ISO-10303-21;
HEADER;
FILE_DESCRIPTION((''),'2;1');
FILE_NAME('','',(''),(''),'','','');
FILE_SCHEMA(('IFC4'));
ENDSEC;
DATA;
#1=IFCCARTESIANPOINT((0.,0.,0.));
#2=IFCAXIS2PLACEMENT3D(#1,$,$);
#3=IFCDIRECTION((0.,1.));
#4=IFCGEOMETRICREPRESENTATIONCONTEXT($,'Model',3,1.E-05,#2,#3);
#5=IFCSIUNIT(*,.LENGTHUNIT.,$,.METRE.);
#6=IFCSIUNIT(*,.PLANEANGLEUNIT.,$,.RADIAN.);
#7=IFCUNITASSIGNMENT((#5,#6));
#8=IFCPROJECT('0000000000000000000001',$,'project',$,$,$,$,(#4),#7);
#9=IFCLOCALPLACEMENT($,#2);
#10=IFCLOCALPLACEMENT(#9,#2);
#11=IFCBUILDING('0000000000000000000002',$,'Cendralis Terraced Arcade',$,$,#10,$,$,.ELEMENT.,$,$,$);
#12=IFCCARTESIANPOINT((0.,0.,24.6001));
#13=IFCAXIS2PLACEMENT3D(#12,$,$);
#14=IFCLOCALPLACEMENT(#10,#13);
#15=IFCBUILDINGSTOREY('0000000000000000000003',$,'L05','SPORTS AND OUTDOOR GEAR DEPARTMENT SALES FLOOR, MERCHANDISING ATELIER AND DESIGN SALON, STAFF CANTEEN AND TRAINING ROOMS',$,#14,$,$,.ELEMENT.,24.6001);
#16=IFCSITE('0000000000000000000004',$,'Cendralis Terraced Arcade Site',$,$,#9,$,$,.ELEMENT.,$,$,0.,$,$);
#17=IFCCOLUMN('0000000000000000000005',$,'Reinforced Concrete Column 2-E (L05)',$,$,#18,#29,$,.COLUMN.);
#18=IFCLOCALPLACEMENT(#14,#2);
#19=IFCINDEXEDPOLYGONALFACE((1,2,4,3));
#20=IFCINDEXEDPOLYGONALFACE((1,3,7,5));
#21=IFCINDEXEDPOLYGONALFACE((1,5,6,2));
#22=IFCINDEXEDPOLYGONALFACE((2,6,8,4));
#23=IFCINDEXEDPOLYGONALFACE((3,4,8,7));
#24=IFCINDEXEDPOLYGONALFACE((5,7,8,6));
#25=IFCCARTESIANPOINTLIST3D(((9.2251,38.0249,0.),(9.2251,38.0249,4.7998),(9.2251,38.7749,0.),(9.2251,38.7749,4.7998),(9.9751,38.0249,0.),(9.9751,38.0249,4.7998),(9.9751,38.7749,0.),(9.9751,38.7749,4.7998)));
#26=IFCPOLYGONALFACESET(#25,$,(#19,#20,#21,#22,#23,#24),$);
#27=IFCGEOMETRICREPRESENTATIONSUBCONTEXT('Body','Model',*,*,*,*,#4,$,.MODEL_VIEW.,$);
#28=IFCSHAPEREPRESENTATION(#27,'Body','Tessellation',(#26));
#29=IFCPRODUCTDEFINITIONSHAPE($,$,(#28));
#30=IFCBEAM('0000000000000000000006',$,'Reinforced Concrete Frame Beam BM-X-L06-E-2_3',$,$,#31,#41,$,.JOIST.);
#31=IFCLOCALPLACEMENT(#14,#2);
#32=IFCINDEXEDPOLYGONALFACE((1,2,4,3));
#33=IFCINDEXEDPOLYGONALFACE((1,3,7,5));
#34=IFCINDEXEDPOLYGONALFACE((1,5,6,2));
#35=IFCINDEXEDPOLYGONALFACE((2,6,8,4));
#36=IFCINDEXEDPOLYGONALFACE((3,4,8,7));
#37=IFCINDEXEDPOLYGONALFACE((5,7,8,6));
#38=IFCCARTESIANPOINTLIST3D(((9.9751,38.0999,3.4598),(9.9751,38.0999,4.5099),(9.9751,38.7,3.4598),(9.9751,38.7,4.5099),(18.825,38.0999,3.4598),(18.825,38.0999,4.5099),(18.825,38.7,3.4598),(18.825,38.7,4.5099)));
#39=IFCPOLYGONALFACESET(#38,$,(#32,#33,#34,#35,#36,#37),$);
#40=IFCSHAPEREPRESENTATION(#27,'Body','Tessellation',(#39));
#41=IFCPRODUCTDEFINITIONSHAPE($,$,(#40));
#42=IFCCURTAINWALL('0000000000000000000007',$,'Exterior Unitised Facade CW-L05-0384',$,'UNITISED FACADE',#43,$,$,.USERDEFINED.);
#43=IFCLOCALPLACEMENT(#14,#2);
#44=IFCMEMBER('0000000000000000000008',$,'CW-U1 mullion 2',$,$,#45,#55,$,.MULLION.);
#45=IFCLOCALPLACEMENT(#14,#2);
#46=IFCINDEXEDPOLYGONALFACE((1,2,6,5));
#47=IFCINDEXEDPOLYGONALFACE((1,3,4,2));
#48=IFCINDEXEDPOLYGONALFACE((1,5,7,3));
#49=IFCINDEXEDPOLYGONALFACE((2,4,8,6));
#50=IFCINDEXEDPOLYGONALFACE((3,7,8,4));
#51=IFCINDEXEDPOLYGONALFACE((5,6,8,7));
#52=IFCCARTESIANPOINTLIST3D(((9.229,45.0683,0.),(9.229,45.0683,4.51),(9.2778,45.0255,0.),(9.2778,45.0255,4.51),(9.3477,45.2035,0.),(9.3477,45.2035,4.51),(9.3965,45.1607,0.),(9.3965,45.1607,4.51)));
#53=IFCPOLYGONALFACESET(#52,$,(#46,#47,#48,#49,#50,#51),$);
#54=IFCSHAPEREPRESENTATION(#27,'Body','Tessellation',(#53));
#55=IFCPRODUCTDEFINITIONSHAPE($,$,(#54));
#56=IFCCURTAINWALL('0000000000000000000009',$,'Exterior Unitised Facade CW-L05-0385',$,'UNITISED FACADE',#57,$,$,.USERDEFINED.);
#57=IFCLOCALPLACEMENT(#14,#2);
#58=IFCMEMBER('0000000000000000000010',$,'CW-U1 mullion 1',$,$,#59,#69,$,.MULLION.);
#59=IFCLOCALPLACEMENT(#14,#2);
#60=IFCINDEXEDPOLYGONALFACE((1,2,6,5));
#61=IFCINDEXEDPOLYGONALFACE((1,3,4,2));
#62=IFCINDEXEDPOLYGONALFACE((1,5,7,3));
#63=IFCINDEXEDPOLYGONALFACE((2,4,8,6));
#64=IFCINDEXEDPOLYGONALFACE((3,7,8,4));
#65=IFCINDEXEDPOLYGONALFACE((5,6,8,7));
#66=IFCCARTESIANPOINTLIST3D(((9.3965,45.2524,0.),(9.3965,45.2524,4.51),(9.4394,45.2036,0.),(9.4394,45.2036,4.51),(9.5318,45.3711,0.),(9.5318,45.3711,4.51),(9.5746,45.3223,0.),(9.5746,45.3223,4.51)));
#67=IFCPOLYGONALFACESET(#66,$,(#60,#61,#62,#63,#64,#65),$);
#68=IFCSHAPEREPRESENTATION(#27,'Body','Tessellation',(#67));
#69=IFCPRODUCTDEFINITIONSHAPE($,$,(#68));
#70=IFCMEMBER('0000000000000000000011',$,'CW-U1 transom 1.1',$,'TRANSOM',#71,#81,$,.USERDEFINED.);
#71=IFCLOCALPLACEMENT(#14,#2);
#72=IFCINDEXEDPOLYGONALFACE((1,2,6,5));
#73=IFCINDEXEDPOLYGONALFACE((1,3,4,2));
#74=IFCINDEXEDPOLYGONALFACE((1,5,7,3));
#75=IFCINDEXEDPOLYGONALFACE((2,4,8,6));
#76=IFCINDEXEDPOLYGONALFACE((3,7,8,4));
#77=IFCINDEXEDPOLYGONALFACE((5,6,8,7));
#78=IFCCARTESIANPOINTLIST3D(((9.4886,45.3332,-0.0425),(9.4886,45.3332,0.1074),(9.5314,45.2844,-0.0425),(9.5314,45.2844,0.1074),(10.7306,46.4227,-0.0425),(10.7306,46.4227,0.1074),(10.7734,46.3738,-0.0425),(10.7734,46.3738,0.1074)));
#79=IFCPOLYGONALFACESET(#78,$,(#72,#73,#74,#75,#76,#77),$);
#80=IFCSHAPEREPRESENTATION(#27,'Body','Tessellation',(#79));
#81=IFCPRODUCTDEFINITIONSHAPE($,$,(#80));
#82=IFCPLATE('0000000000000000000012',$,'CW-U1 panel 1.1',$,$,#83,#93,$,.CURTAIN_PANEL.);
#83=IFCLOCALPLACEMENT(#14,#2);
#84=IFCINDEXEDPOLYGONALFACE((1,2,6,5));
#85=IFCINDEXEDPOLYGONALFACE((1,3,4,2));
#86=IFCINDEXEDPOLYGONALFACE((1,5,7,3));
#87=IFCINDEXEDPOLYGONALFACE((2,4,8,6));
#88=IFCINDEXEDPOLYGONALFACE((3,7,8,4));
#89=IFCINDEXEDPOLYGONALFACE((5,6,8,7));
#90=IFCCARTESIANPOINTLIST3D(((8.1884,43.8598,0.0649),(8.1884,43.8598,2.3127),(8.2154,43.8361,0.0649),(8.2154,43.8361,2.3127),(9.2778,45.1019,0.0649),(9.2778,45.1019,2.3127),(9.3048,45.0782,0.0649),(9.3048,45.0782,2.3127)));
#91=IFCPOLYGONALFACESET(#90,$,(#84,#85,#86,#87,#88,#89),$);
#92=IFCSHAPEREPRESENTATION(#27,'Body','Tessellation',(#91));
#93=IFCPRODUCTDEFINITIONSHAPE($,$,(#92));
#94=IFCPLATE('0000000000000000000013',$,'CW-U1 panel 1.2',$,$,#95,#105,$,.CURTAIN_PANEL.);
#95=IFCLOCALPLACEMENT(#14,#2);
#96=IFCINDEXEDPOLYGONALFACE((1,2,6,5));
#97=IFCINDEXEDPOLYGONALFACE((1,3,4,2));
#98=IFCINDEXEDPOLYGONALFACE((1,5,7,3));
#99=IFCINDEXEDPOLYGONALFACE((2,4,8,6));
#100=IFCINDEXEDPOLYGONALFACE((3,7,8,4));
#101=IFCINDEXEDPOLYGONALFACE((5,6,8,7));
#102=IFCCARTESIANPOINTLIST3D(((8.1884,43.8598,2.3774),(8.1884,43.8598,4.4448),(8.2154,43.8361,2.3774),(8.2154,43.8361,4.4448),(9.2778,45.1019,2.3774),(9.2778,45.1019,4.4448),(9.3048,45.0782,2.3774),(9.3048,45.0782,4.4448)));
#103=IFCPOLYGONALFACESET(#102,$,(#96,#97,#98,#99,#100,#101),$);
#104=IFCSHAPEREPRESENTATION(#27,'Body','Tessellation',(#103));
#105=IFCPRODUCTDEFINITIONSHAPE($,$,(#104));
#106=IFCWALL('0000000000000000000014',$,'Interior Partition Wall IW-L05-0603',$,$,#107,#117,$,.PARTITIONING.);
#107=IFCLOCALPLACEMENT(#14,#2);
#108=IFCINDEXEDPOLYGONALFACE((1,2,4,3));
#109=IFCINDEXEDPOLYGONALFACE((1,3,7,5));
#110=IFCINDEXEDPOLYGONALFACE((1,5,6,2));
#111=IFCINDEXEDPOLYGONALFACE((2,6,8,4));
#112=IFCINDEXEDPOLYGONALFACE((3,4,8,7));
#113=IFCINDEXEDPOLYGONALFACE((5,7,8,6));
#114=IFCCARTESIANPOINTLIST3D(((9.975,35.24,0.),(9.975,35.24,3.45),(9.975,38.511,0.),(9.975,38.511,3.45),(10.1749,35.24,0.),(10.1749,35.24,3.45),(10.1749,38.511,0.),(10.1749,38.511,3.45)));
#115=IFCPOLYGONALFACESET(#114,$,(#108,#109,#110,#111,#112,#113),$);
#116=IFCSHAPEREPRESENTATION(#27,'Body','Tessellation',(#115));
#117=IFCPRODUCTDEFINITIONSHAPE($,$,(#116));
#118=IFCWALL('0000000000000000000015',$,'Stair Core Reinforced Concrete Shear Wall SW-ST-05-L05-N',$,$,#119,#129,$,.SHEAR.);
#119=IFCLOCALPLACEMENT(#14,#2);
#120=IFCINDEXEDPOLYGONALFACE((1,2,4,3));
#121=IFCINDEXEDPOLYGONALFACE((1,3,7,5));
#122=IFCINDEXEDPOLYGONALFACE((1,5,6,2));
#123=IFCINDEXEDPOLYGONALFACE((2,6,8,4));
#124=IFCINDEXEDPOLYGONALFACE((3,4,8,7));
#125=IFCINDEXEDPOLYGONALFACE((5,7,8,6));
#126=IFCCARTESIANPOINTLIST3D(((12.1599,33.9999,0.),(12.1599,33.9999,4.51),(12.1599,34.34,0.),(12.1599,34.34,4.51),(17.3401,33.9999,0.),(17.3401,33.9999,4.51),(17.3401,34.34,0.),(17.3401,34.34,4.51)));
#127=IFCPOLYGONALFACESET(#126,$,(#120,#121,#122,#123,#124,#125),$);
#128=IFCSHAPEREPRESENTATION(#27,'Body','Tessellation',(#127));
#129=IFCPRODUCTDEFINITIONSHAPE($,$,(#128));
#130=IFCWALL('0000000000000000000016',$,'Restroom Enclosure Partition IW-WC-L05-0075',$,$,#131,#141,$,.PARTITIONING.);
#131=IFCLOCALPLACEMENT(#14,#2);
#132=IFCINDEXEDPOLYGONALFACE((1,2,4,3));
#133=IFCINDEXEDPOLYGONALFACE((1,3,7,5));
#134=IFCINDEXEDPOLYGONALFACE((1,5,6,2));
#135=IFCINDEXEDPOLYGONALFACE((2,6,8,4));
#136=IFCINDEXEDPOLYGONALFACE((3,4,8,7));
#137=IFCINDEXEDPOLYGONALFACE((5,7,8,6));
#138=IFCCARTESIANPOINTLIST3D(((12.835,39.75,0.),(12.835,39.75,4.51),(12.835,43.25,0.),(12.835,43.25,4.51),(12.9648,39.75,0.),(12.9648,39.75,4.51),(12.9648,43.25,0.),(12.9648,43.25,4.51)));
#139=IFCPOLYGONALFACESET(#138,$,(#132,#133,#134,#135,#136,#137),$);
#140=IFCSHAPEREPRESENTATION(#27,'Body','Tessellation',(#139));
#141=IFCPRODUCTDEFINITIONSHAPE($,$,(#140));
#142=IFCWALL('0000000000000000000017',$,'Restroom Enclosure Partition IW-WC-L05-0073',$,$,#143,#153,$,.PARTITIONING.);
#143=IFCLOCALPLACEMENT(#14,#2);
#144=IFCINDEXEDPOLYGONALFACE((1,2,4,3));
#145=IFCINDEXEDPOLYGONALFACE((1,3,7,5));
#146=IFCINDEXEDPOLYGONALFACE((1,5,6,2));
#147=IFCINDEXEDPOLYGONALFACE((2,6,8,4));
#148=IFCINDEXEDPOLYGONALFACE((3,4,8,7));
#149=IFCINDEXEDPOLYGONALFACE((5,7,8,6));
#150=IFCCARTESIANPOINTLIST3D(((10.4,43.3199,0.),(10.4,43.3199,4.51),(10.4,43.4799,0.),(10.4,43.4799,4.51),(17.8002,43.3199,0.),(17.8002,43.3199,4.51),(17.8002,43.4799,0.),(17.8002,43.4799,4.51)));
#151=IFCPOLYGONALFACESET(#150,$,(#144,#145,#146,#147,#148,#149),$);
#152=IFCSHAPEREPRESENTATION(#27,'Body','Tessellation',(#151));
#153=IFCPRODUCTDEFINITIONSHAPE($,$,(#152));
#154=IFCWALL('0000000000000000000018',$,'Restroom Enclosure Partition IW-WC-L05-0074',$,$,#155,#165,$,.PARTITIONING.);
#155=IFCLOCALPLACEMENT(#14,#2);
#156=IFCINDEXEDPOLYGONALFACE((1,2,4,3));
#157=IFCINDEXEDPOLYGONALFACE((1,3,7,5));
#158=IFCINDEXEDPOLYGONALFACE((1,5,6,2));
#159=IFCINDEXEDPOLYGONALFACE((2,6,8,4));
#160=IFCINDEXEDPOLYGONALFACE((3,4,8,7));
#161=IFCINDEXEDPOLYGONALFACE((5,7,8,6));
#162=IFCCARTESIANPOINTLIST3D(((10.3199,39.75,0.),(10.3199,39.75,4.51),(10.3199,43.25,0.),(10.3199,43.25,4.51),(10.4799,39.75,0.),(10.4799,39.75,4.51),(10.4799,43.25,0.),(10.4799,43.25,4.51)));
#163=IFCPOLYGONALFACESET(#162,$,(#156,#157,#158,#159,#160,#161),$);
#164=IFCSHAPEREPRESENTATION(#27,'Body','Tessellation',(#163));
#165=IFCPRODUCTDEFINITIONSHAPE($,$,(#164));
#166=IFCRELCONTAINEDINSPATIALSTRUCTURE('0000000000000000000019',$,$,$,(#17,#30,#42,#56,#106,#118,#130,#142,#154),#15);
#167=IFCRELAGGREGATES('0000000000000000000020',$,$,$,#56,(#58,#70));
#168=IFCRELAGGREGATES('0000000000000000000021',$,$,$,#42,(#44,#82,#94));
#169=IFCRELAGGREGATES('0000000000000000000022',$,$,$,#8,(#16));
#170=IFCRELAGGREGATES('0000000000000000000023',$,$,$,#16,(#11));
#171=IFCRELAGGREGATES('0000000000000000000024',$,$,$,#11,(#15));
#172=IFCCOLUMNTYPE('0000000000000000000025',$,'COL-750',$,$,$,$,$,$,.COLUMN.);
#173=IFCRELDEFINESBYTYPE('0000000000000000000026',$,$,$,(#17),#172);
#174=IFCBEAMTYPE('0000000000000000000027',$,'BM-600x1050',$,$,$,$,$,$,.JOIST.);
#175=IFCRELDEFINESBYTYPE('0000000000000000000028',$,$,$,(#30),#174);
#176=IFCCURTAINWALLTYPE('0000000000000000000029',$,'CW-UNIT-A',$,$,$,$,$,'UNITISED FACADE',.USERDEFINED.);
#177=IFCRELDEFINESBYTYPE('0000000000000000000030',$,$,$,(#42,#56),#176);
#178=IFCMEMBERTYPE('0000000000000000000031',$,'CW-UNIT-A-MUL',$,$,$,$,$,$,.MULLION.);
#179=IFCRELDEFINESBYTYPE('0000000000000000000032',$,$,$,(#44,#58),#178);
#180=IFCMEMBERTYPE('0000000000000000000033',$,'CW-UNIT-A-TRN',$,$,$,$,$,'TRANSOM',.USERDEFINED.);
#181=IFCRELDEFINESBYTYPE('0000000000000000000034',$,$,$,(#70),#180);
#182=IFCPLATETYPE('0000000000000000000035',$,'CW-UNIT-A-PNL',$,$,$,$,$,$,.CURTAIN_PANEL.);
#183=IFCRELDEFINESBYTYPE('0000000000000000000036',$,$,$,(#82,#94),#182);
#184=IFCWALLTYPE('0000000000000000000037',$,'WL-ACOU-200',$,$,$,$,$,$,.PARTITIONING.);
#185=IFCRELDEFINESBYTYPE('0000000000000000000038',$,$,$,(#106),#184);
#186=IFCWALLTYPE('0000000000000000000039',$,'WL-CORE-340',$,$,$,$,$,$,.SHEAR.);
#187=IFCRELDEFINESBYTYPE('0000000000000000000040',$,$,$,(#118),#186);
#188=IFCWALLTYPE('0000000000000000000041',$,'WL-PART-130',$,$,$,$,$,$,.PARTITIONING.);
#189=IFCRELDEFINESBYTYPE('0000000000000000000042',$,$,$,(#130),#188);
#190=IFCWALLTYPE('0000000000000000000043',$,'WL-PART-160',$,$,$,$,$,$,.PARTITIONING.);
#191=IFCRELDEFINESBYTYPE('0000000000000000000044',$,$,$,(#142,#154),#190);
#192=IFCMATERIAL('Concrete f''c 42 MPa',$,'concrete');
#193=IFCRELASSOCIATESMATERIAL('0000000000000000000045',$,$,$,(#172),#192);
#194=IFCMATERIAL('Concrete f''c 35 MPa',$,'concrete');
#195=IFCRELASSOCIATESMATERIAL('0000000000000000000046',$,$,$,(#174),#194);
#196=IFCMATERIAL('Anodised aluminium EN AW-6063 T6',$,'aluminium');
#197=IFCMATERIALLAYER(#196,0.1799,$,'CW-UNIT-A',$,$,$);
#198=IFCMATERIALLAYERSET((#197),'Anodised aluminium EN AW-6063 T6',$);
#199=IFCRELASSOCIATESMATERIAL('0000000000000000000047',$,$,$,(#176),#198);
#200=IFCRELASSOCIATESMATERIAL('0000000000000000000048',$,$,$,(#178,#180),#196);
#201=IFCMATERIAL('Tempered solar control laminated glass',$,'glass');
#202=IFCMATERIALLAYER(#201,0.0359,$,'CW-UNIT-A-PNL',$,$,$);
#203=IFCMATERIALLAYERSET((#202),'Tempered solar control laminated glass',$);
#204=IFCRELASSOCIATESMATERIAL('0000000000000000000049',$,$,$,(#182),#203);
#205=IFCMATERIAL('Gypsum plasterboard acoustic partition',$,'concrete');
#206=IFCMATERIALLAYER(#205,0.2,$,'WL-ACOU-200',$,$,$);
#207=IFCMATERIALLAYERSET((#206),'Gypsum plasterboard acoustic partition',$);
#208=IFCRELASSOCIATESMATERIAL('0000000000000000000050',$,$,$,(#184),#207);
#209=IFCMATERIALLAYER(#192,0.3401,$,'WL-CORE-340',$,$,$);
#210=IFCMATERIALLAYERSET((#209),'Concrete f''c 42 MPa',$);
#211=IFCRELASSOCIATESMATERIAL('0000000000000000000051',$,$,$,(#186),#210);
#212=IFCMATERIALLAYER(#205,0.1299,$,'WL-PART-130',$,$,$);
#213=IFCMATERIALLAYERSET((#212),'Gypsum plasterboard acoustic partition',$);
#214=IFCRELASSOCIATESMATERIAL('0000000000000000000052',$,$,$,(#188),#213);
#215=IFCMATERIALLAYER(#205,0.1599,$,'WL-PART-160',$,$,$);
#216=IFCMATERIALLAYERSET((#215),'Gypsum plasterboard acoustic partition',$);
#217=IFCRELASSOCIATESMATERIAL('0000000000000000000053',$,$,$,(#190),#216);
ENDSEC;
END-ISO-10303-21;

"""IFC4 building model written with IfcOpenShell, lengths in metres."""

from ifc_helpers import new_model, si_unit, direction, frame, frame_2d, origin, origin_2d, place, context, subcontext, project, spatial, rectangle, extrude, material, layer, layer_set, material_profile, profile_set, type_object, element, aggregate, save


model = new_model("IFC4")

# Units and contexts
model_context = context("Model", 3, precision=1e-05, world=origin(), true_north=direction((0.0, 1.0)))
body_context = subcontext(model_context, "Body", "Model", "MODEL_VIEW")
ifc_project = project(units=[si_unit("LENGTHUNIT", "METRE"), si_unit("PLANEANGLEUNIT", "RADIAN")], contexts=[model_context])

# Site, building, storey
site_placement = place(None, origin())
site = spatial("IfcSite", under=ifc_project, at=site_placement, Name="Cendralis Terraced Arcade Site", CompositionType="ELEMENT", RefElevation=0.0)
building_placement = place(site_placement, origin())
building = spatial("IfcBuilding", under=site, at=building_placement, Name="Cendralis Terraced Arcade", CompositionType="ELEMENT")
storey_placement = place(building_placement, frame((0.0, 0.0, 24.6001)))
storey = spatial("IfcBuildingStorey", under=building, at=storey_placement, Name="L05", Description="SPORTS AND OUTDOOR GEAR DEPARTMENT SALES FLOOR, MERCHANDISING ATELIER AND DESIGN SALON, STAFF CANTEEN AND TRAINING ROOMS", CompositionType="ELEMENT", Elevation=24.6001)

# Column
ifc_material_1 = material(Name="Concrete f'c 42 MPa", Category="concrete")
ifc_material_profile_1 = material_profile(ifc_material_1, rectangle(XDim=0.75, YDim=0.75, at=origin_2d()), Name="RC-COL-750x750", Category="LoadBearing")
ifc_profile_set_1 = profile_set([ifc_material_profile_1], Name="Concrete f'c 42 MPa")
column_type = type_object("IfcColumnType", Name="COL-750", PredefinedType="COLUMN", material=ifc_profile_set_1)
column_placement = place(storey_placement, frame((9.6001, 38.3999, 0.0), z_axis=(0.0, 0.0, 1.0), x_axis=(1.0, 0.0, 0.0)))
element("IfcColumn", 1, at=column_placement, inside=storey, type_object=column_type, Name="Reinforced Concrete Column 2-E (L05)", PredefinedType="COLUMN", context=body_context, shape_type="SweptSolid", body=[
    extrude(rectangle(XDim=0.75, YDim=0.75, at=origin_2d()), origin(), (0.0, 0.0, 1.0), 4.7998),
])

# Beam
ifc_material_2 = material(Name="Concrete f'c 35 MPa", Category="concrete")
ifc_material_profile_2 = material_profile(ifc_material_2, rectangle(XDim=0.6001, YDim=1.05, at=origin_2d()), Name="RC-BM-600x1050", Category="LoadBearing")
ifc_profile_set_2 = profile_set([ifc_material_profile_2], Name="Concrete f'c 35 MPa")
beam_type = type_object("IfcBeamType", Name="BM-600x1050", PredefinedType="JOIST", material=ifc_profile_set_2)
beam_placement = place(storey_placement, frame((9.9751, 38.3999, 3.9849), z_axis=(1.0, 0.0, 0.0), x_axis=(0.0, 1.0, 0.0)))
element("IfcBeam", 2, at=beam_placement, inside=storey, type_object=beam_type, Name="Reinforced Concrete Frame Beam BM-X-L06-E-2_3", PredefinedType="JOIST", context=body_context, shape_type="SweptSolid", body=[
    extrude(rectangle(XDim=0.6001, YDim=1.05, at=origin_2d()), origin(), (0.0, 0.0, 1.0), 8.8499),
])

# Curtain wall, member
ifc_material_3 = material(Name="Anodised aluminium EN AW-6063 T6", Category="aluminium")
ifc_layer_1 = layer(ifc_material_3, 0.1799, Name="CW-UNIT-A")
ifc_layer_set_1 = layer_set([ifc_layer_1], Name="Anodised aluminium EN AW-6063 T6")
curtain_wall_type = type_object("IfcCurtainWallType", Name="CW-UNIT-A", ElementType="UNITISED FACADE", PredefinedType="USERDEFINED", material=ifc_layer_set_1)
curtain_wall_1_placement = place(storey_placement, origin())
curtain_wall_1 = element("IfcCurtainWall", 3, at=curtain_wall_1_placement, inside=storey, type_object=curtain_wall_type, Name="Exterior Unitised Facade CW-L05-0384", ObjectType="UNITISED FACADE", PredefinedType="USERDEFINED")
ifc_material_profile_3 = material_profile(ifc_material_3, rectangle(XDim=0.0649, YDim=0.1799, at=origin_2d()), Name="ALU-MUL-65x180")
ifc_profile_set_3 = profile_set([ifc_material_profile_3], Name="Anodised aluminium EN AW-6063 T6")
member_type_1 = type_object("IfcMemberType", Name="CW-UNIT-A-MUL", PredefinedType="MULLION", material=ifc_profile_set_3)
member_1_placement = place(storey_placement, frame((9.3127, 45.1145, 0.0), z_axis=(0.0, 0.0, 1.0), x_axis=(-0.751804, 0.659386, 0.0)))
member_1 = element("IfcMember", 4, at=member_1_placement, type_object=member_type_1, Name="CW-U1 mullion 2", PredefinedType="MULLION", context=body_context, shape_type="SweptSolid", body=[
    extrude(rectangle(XDim=0.0649, YDim=0.1799, at=origin_2d()), origin(), (0.0, 0.0, 1.0), 4.51),
])

# Curtain wall, members
curtain_wall_2_placement = place(storey_placement, origin())
curtain_wall_2 = element("IfcCurtainWall", 5, at=curtain_wall_2_placement, inside=storey, type_object=curtain_wall_type, Name="Exterior Unitised Facade CW-L05-0385", ObjectType="UNITISED FACADE", PredefinedType="USERDEFINED")
member_2_placement = place(storey_placement, frame((9.4856, 45.2874, 0.0), z_axis=(0.0, 0.0, 1.0), x_axis=(-0.659386, 0.751804, 0.0)))
member_2 = element("IfcMember", 6, at=member_2_placement, type_object=member_type_1, Name="CW-U1 mullion 1", PredefinedType="MULLION", context=body_context, shape_type="SweptSolid", body=[
    extrude(rectangle(XDim=0.0649, YDim=0.1799, at=origin_2d()), origin(), (0.0, 0.0, 1.0), 4.51),
])
ifc_material_profile_4 = material_profile(ifc_material_3, rectangle(XDim=0.0649, YDim=0.1499, at=origin_2d()), Name="ALU-TRN-65x150")
ifc_profile_set_4 = profile_set([ifc_material_profile_4], Name="Anodised aluminium EN AW-6063 T6")
member_type_2 = type_object("IfcMemberType", Name="CW-UNIT-A-TRN", ElementType="TRANSOM", PredefinedType="USERDEFINED", material=ifc_profile_set_4)
member_3_placement = place(storey_placement, frame((9.51, 45.3088, 0.0325), z_axis=(0.75178, 0.659414, 0.0), x_axis=(-0.659414, 0.75178, 0.0)))
member_3 = element("IfcMember", 7, at=member_3_placement, type_object=member_type_2, Name="CW-U1 transom 1.1", ObjectType="TRANSOM", PredefinedType="USERDEFINED", context=body_context, shape_type="SweptSolid", body=[
    extrude(rectangle(XDim=0.0649, YDim=0.1499, at=origin_2d()), origin(), (0.0, 0.0, 1.0), 1.6521),
])
aggregate(curtain_wall_2, [member_2, member_3])

# Plates
ifc_material_4 = material(Name="Tempered solar control laminated glass", Category="glass")
ifc_layer_2 = layer(ifc_material_4, 0.0359, Name="CW-UNIT-A-PNL")
ifc_layer_set_2 = layer_set([ifc_layer_2], Name="Tempered solar control laminated glass")
plate_type = type_object("IfcPlateType", Name="CW-UNIT-A-PNL", PredefinedType="CURTAIN_PANEL", material=ifc_layer_set_2)
plate_1_placement = place(storey_placement, frame((8.7466, 44.469, 0.0649), z_axis=(0.0, 0.0, 1.0), x_axis=(0.659386, 0.751804, 0.0)))
plate_1 = element("IfcPlate", 8, at=plate_1_placement, type_object=plate_type, Name="CW-U1 panel 1.1", PredefinedType="CURTAIN_PANEL", context=body_context, shape_type="SweptSolid", body=[
    extrude(rectangle(XDim=1.6521, YDim=0.0359, at=origin_2d()), origin(), (0.0, 0.0, 1.0), 2.2478),
])
plate_2_placement = place(storey_placement, frame((8.7466, 44.469, 2.3774), z_axis=(0.0, 0.0, 1.0), x_axis=(0.659386, 0.751804, 0.0)))
plate_2 = element("IfcPlate", 9, at=plate_2_placement, type_object=plate_type, Name="CW-U1 panel 1.2", PredefinedType="CURTAIN_PANEL", context=body_context, shape_type="SweptSolid", body=[
    extrude(rectangle(XDim=1.6521, YDim=0.0359, at=origin_2d()), origin(), (0.0, 0.0, 1.0), 2.0674),
])
aggregate(curtain_wall_1, [member_1, plate_1, plate_2])

# Walls
ifc_material_5 = material(Name="Gypsum plasterboard acoustic partition", Category="concrete")
ifc_layer_3 = layer(ifc_material_5, 0.2, Name="WL-ACOU-200")
ifc_layer_set_3 = layer_set([ifc_layer_3], Name="Gypsum plasterboard acoustic partition")
wall_type_1 = type_object("IfcWallType", Name="WL-ACOU-200", PredefinedType="PARTITIONING", material=ifc_layer_set_3)
wall_1_placement = place(storey_placement, frame((10.075, 38.511, 0.0), z_axis=(0.0, 0.0, 1.0), x_axis=(0.0, -1.0, 0.0)))
element("IfcWall", 10, at=wall_1_placement, inside=storey, type_object=wall_type_1, Name="Interior Partition Wall IW-L05-0603", PredefinedType="PARTITIONING", context=body_context, shape_type="SweptSolid", body=[
    extrude(rectangle(XDim=3.271, YDim=0.2, at=frame_2d((1.6355, 0.0))), origin(), (0.0, 0.0, 1.0), 3.45),
])
ifc_layer_4 = layer(ifc_material_1, 0.3401, Name="WL-CORE-340")
ifc_layer_set_4 = layer_set([ifc_layer_4], Name="Concrete f'c 42 MPa")
wall_type_2 = type_object("IfcWallType", Name="WL-CORE-340", PredefinedType="SHEAR", material=ifc_layer_set_4)
wall_2_placement = place(storey_placement, frame((12.1599, 34.1699, 0.0), z_axis=(0.0, 0.0, 1.0), x_axis=(1.0, 0.0, 0.0)))
element("IfcWall", 11, at=wall_2_placement, inside=storey, type_object=wall_type_2, Name="Stair Core Reinforced Concrete Shear Wall SW-ST-05-L05-N", PredefinedType="SHEAR", context=body_context, shape_type="SweptSolid", body=[
    extrude(rectangle(XDim=5.1802, YDim=0.3401, at=frame_2d((2.5901, 0.0))), origin(), (0.0, 0.0, 1.0), 4.51),
])
ifc_layer_5 = layer(ifc_material_5, 0.1299, Name="WL-PART-130")
ifc_layer_set_5 = layer_set([ifc_layer_5], Name="Gypsum plasterboard acoustic partition")
wall_type_3 = type_object("IfcWallType", Name="WL-PART-130", PredefinedType="PARTITIONING", material=ifc_layer_set_5)
wall_3_placement = place(storey_placement, frame((12.8999, 39.75, 0.0), z_axis=(0.0, 0.0, 1.0), x_axis=(0.0, 1.0, 0.0)))
element("IfcWall", 12, at=wall_3_placement, inside=storey, type_object=wall_type_3, Name="Restroom Enclosure Partition IW-WC-L05-0075", PredefinedType="PARTITIONING", context=body_context, shape_type="SweptSolid", body=[
    extrude(rectangle(XDim=3.5, YDim=0.1299, at=frame_2d((1.75, 0.0))), origin(), (0.0, 0.0, 1.0), 4.51),
])
ifc_layer_6 = layer(ifc_material_5, 0.1599, Name="WL-PART-160")
ifc_layer_set_6 = layer_set([ifc_layer_6], Name="Gypsum plasterboard acoustic partition")
wall_type_4 = type_object("IfcWallType", Name="WL-PART-160", PredefinedType="PARTITIONING", material=ifc_layer_set_6)
wall_4_placement = place(storey_placement, frame((10.3999, 43.3999, 0.0), z_axis=(0.0, 0.0, 1.0), x_axis=(1.0, 0.0, 0.0)))
element("IfcWall", 13, at=wall_4_placement, inside=storey, type_object=wall_type_4, Name="Restroom Enclosure Partition IW-WC-L05-0073", PredefinedType="PARTITIONING", context=body_context, shape_type="SweptSolid", body=[
    extrude(rectangle(XDim=7.4001, YDim=0.1599, at=frame_2d((3.7002, 0.0))), origin(), (0.0, 0.0, 1.0), 4.51),
])
wall_5_placement = place(storey_placement, frame((10.3999, 39.75, 0.0), z_axis=(0.0, 0.0, 1.0), x_axis=(0.0, 1.0, 0.0)))
element("IfcWall", 14, at=wall_5_placement, inside=storey, type_object=wall_type_4, Name="Restroom Enclosure Partition IW-WC-L05-0074", PredefinedType="PARTITIONING", context=body_context, shape_type="SweptSolid", body=[
    extrude(rectangle(XDim=3.5, YDim=0.1599, at=frame_2d((1.75, 0.0))), origin(), (0.0, 0.0, 1.0), 4.51),
])

save(model, "model.ifc")
